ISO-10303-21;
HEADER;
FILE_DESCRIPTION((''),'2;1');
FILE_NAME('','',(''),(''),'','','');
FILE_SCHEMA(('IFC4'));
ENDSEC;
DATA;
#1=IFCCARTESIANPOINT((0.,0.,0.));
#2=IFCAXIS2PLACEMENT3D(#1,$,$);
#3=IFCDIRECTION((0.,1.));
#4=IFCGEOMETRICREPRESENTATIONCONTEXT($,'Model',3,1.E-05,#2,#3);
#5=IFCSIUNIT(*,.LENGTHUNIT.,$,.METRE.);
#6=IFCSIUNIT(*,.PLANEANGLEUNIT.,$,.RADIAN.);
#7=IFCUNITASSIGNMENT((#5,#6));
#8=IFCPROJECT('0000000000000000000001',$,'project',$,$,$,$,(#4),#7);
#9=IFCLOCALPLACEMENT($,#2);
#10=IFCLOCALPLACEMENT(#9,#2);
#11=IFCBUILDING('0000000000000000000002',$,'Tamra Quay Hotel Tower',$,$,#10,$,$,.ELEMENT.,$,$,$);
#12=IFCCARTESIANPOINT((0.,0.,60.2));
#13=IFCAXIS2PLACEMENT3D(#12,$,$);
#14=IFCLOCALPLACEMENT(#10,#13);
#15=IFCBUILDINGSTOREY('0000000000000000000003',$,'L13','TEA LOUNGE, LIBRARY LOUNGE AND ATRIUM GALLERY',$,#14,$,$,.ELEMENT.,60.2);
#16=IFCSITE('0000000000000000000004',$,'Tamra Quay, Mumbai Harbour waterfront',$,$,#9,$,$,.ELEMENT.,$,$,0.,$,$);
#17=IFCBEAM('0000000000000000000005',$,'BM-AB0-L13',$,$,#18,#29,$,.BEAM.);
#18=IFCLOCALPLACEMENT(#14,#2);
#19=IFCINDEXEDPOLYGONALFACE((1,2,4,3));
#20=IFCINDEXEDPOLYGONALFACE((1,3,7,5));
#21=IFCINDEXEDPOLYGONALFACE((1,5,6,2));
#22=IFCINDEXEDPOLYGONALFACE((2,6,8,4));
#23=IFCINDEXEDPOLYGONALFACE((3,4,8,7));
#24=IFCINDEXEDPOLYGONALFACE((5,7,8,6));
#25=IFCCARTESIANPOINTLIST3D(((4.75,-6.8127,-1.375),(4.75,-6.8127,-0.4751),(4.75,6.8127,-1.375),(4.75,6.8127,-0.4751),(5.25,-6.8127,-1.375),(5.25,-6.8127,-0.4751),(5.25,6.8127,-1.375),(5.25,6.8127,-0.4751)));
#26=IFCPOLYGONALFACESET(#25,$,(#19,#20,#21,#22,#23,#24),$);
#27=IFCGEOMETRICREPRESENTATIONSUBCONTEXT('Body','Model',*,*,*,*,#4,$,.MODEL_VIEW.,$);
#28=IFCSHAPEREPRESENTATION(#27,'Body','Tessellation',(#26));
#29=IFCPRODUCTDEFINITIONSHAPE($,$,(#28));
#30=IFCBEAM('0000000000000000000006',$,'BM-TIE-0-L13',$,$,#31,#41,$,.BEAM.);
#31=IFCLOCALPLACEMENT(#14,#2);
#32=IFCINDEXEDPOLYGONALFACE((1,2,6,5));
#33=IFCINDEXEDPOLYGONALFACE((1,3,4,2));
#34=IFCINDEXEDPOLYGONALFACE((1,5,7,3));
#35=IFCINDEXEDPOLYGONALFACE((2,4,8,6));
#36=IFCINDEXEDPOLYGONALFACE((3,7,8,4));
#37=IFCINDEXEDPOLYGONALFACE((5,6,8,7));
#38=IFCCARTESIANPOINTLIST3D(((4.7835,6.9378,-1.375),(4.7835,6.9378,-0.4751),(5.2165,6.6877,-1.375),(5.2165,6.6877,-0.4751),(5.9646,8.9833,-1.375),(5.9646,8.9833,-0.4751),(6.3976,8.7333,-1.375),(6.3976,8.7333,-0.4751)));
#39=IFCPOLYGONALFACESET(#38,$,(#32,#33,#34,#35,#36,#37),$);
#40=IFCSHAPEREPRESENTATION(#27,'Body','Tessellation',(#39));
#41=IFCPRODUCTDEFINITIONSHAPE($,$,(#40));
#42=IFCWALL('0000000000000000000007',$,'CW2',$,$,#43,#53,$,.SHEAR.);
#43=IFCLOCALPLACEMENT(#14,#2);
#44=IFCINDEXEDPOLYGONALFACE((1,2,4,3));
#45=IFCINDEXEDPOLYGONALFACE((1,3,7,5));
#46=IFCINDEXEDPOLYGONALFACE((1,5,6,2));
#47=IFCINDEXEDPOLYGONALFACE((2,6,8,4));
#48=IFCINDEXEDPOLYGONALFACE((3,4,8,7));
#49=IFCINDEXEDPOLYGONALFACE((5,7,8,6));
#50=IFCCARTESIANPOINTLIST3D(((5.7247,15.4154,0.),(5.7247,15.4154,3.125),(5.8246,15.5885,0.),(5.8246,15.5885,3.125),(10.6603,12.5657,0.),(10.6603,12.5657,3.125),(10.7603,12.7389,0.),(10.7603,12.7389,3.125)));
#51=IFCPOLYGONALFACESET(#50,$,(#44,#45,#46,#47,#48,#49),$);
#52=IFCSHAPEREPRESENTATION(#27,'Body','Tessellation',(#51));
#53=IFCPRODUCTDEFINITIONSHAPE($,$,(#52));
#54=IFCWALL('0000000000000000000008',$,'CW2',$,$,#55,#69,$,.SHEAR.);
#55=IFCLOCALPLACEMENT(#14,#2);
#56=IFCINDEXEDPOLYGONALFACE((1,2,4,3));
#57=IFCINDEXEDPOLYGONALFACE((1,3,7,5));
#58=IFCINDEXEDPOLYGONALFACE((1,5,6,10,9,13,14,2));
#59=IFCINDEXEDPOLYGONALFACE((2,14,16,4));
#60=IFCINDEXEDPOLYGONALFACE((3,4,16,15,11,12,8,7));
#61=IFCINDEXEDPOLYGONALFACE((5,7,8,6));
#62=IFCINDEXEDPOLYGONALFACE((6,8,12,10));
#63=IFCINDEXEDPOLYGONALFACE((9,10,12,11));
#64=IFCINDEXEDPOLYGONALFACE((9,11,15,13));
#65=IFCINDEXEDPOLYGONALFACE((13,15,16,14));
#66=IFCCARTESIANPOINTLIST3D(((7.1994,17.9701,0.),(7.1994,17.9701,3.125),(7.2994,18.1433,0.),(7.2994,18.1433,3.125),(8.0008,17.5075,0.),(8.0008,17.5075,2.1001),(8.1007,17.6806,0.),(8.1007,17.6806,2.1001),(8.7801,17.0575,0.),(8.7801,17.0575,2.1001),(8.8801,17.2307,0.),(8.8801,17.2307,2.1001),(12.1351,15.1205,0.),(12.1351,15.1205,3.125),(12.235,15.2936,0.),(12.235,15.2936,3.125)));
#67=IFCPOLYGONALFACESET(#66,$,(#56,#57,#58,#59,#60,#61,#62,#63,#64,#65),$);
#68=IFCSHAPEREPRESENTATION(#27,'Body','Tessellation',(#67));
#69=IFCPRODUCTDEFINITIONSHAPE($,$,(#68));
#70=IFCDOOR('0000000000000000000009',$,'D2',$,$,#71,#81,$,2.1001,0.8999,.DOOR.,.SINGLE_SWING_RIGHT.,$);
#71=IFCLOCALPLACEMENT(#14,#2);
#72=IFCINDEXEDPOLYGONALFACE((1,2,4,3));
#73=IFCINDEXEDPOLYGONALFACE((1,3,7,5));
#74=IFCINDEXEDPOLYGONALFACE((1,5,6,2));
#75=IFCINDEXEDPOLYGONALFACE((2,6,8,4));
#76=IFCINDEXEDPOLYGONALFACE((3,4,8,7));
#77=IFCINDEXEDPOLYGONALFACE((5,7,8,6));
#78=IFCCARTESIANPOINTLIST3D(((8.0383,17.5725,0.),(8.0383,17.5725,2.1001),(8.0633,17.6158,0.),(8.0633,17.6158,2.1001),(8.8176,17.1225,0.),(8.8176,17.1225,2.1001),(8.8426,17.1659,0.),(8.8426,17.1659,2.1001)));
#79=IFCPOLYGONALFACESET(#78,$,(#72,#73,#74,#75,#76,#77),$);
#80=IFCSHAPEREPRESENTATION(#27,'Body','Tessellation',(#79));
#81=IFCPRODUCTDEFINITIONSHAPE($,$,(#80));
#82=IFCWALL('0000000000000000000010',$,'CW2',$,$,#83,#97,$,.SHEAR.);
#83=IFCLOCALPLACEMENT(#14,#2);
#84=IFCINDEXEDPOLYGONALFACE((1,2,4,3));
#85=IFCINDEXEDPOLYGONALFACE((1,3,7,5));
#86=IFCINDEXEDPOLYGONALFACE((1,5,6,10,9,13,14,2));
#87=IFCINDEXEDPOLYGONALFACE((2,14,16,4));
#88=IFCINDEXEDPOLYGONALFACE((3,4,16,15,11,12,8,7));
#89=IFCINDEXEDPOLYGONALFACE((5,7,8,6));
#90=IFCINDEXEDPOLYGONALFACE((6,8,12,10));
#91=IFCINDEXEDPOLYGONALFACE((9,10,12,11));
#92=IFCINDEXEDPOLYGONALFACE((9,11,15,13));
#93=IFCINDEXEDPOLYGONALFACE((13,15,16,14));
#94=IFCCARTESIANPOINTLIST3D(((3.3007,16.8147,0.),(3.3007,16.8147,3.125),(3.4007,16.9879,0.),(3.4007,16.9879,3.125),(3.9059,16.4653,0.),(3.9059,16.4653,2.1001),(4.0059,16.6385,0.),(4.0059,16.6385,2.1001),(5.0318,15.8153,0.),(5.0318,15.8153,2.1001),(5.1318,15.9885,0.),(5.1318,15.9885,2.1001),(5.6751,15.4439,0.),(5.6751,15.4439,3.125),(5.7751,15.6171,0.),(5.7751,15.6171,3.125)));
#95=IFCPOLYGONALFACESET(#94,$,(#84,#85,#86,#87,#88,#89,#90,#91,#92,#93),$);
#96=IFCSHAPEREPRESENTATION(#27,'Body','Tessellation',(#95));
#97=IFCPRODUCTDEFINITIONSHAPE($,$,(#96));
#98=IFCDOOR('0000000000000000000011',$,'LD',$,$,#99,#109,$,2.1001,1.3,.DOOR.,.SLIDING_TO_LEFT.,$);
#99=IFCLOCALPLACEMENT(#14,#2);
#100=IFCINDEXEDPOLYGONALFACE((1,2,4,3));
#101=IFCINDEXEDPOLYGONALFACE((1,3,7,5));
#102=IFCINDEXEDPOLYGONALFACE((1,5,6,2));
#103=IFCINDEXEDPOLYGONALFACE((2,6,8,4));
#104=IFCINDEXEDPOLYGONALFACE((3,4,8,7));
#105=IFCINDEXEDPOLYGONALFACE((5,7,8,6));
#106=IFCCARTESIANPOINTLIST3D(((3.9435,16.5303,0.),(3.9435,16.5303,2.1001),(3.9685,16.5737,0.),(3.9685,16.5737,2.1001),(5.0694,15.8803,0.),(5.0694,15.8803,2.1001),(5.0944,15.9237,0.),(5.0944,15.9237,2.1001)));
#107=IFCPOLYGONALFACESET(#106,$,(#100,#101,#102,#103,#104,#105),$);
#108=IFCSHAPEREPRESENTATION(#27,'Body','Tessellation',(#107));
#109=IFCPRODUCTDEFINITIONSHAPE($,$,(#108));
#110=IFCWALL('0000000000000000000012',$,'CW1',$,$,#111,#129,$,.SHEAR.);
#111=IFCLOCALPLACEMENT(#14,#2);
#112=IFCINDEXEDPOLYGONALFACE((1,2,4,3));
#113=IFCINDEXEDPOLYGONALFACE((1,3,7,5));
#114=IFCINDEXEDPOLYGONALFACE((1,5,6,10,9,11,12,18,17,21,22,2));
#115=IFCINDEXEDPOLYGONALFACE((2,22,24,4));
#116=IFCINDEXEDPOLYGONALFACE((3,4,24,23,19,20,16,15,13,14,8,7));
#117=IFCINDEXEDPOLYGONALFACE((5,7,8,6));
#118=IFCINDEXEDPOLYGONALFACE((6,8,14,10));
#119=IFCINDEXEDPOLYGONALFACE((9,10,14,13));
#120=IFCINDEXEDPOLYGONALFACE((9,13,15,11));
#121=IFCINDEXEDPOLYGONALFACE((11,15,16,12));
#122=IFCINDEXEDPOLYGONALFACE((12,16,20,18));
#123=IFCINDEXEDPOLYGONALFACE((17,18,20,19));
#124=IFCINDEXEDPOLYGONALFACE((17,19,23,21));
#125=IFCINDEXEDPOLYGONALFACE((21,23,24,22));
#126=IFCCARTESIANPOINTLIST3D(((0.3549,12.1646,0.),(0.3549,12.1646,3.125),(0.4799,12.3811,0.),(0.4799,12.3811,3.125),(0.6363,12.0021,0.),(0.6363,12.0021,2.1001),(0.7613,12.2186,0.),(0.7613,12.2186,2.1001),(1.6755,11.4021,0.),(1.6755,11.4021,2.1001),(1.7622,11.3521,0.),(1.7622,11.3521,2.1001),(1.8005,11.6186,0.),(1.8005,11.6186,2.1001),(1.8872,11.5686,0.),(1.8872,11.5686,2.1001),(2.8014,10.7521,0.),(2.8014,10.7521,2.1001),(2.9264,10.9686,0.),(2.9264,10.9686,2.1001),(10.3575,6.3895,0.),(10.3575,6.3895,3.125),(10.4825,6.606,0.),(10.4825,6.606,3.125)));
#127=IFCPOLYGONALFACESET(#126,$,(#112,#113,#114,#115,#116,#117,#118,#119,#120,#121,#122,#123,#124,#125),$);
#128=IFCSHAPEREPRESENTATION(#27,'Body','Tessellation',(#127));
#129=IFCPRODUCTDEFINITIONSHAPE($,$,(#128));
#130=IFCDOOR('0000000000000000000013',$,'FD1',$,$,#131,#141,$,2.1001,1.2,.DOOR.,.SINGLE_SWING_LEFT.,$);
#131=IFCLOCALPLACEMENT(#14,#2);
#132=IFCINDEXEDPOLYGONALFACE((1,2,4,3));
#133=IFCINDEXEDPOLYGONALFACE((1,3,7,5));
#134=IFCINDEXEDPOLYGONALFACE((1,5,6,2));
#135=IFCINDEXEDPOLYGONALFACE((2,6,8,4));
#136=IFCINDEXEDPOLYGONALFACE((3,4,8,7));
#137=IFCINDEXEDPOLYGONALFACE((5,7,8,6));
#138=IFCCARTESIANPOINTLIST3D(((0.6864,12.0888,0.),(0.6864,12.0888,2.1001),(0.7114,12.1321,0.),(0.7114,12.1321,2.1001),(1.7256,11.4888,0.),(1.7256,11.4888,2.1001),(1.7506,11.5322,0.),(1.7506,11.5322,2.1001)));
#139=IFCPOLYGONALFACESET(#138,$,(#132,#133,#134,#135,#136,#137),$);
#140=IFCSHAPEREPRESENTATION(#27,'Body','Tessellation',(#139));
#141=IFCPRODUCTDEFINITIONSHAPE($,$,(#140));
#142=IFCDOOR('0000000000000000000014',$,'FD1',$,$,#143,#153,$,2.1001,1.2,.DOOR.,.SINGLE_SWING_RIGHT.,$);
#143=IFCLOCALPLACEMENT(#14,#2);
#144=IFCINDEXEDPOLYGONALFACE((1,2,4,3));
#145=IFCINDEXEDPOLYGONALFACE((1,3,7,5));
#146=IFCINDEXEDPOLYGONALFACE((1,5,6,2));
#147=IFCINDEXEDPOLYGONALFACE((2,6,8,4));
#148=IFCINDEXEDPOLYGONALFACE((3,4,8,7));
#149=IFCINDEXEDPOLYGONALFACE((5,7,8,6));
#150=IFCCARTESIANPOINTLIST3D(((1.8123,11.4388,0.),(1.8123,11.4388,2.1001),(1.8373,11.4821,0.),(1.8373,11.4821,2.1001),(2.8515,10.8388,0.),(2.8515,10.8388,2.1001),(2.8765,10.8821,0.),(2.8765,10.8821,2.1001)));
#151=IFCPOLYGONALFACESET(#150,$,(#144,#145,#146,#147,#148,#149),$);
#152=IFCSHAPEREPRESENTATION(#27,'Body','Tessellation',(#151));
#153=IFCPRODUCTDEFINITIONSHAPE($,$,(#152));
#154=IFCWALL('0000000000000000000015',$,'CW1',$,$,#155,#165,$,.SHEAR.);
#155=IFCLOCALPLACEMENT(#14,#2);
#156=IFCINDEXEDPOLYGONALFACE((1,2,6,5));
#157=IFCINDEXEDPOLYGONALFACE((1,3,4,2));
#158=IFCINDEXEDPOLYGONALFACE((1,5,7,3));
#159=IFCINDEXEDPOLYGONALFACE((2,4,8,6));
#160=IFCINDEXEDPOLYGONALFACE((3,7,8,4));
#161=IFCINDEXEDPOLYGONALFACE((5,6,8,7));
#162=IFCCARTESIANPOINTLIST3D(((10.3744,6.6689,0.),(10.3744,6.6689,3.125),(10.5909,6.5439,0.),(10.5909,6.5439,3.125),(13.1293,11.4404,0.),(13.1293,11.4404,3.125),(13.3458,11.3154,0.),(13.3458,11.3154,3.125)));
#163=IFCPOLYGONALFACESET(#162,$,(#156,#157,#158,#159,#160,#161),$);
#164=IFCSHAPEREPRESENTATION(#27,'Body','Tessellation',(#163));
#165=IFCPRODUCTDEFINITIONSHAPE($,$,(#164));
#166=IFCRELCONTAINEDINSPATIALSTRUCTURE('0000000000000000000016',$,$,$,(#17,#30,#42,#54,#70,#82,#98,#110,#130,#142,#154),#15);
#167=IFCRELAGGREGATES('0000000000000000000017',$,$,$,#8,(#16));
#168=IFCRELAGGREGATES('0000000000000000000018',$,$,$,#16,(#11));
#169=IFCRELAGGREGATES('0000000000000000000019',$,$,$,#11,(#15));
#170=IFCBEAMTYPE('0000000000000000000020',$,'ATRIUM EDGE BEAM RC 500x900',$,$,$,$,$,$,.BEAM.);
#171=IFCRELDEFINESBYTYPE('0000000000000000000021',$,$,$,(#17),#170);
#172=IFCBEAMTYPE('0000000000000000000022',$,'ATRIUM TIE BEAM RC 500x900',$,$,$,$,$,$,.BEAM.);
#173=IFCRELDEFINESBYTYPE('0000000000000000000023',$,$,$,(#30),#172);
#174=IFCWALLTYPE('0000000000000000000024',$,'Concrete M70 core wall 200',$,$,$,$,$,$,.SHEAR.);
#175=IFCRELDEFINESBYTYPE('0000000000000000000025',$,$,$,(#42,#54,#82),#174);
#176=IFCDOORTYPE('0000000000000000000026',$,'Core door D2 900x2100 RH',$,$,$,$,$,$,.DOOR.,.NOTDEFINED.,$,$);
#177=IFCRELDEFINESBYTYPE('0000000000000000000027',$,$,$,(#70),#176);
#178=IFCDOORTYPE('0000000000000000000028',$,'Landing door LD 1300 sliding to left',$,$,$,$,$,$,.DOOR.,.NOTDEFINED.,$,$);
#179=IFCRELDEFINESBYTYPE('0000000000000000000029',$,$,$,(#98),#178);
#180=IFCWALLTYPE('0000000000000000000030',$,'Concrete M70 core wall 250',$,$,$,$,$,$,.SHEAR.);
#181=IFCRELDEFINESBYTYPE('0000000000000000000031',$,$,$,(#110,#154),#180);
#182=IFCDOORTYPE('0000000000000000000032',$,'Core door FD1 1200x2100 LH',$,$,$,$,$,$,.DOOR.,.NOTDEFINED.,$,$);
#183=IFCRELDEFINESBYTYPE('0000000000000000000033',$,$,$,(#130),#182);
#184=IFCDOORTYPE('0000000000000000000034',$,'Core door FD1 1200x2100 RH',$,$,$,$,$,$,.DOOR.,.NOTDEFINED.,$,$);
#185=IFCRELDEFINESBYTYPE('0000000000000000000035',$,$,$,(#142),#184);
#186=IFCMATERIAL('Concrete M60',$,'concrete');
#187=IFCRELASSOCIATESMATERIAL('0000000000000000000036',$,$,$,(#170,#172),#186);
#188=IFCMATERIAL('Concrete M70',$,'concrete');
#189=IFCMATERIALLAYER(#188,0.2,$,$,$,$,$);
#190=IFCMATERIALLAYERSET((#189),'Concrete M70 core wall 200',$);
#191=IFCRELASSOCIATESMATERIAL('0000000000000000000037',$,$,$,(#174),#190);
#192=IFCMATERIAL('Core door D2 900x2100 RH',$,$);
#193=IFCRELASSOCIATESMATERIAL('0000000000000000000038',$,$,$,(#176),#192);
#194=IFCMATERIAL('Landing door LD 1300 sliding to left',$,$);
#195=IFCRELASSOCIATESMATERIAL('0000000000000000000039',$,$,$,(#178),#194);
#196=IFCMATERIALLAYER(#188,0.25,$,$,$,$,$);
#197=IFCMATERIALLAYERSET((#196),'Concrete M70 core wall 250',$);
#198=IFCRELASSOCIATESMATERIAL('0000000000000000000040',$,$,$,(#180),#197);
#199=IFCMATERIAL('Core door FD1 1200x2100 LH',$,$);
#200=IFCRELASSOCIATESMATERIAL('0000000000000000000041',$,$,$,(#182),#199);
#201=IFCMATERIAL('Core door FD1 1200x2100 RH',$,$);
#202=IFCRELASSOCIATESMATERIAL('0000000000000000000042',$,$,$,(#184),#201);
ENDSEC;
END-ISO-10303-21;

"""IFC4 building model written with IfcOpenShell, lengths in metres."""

from ifc_helpers import new_model, si_unit, direction, frame, frame_2d, origin, origin_2d, place, context, subcontext, project, spatial, rectangle, extrude, material, layer, layer_set, material_profile, profile_set, type_object, element, fill, save


model = new_model("IFC4")

# Units and contexts
model_context = context("Model", 3, precision=1e-05, world=origin(), true_north=direction((0.0, 1.0)))
body_context = subcontext(model_context, "Body", "Model", "MODEL_VIEW")
ifc_project = project(units=[si_unit("LENGTHUNIT", "METRE"), si_unit("PLANEANGLEUNIT", "RADIAN")], contexts=[model_context])

# Site, building, storey
site_placement = place(None, origin())
site = spatial("IfcSite", under=ifc_project, at=site_placement, Name="Tamra Quay, Mumbai Harbour waterfront", CompositionType="ELEMENT", RefElevation=0.0)
building_placement = place(site_placement, origin())
building = spatial("IfcBuilding", under=site, at=building_placement, Name="Tamra Quay Hotel Tower", CompositionType="ELEMENT")
storey_placement = place(building_placement, frame((0.0, 0.0, 60.2)))
storey = spatial("IfcBuildingStorey", under=building, at=storey_placement, Name="L13", Description="TEA LOUNGE, LIBRARY LOUNGE AND ATRIUM GALLERY", CompositionType="ELEMENT", Elevation=60.2)

# Beams
ifc_material_1 = material(Name="Concrete M60", Category="concrete")
ifc_material_profile_1 = material_profile(ifc_material_1, rectangle(XDim=0.5, YDim=0.8999, at=origin_2d()), Name="ATRIUM EDGE BEAM RC 500x900")
ifc_profile_set_1 = profile_set([ifc_material_profile_1], Name="Concrete M60")
beam_type_1 = type_object("IfcBeamType", Name="ATRIUM EDGE BEAM RC 500x900", PredefinedType="BEAM", material=ifc_profile_set_1)
beam_1_placement = place(storey_placement, frame((5.0, 6.8127, -0.925), z_axis=(0.0, -1.0, 0.0), x_axis=(1.0, 0.0, 0.0)))
element("IfcBeam", 1, at=beam_1_placement, inside=storey, type_object=beam_type_1, Name="BM-AB0-L13", PredefinedType="BEAM", context=body_context, shape_type="SweptSolid", body=[
    extrude(rectangle(XDim=0.5, YDim=0.8999, at=origin_2d()), origin(), (0.0, 0.0, 1.0), 13.6255),
])
ifc_material_profile_2 = material_profile(ifc_material_1, rectangle(XDim=0.5, YDim=0.8999, at=origin_2d()), Name="ATRIUM TIE BEAM RC 500x900")
ifc_profile_set_2 = profile_set([ifc_material_profile_2], Name="Concrete M60")
beam_type_2 = type_object("IfcBeamType", Name="ATRIUM TIE BEAM RC 500x900", PredefinedType="BEAM", material=ifc_profile_set_2)
beam_2_placement = place(storey_placement, frame((5.0, 6.8127, -0.925), z_axis=(0.50003, 0.866008, 0.0), x_axis=(-0.866008, 0.50003, 0.0)))
element("IfcBeam", 2, at=beam_2_placement, inside=storey, type_object=beam_type_2, Name="BM-TIE-0-L13", PredefinedType="BEAM", context=body_context, shape_type="SweptSolid", body=[
    extrude(rectangle(XDim=0.5, YDim=0.8999, at=origin_2d()), origin(), (0.0, 0.0, 1.0), 2.3621),
])

# Wall
ifc_material_2 = material(Name="Concrete M70", Category="concrete")
ifc_layer_1 = layer(ifc_material_2, 0.2)
ifc_layer_set_1 = layer_set([ifc_layer_1], Name="Concrete M70 core wall 200")
wall_type_1 = type_object("IfcWallType", Name="Concrete M70 core wall 200", PredefinedType="SHEAR", material=ifc_layer_set_1)
wall_1_placement = place(storey_placement, frame((5.7747, 15.502, 0.0), z_axis=(0.0, 0.0, 1.0), x_axis=(0.86602, -0.500009, 0.0)))
element("IfcWall", 3, at=wall_1_placement, inside=storey, type_object=wall_type_1, Name="CW2", PredefinedType="SHEAR", context=body_context, shape_type="SweptSolid", body=[
    extrude(rectangle(XDim=5.6992, YDim=0.2, at=frame_2d((2.8496, 0.0))), origin(), (0.0, 0.0, 1.0), 3.125),
])

# Walls, openings, doors
wall_2_placement = place(storey_placement, frame((12.1851, 15.207, 0.0), z_axis=(0.0, 0.0, 1.0), x_axis=(-0.86602, 0.500009, 0.0)))
wall_2 = element("IfcWall", 4, at=wall_2_placement, inside=storey, type_object=wall_type_1, Name="CW2", PredefinedType="SHEAR", context=body_context, shape_type="SweptSolid", body=[
    extrude(rectangle(XDim=5.6992, YDim=0.2, at=frame_2d((2.8496, 0.0))), origin(), (0.0, 0.0, 1.0), 3.125),
])
opening_1_placement = place(wall_2_placement, frame((3.874, 0.0, 0.0)))
opening_1 = element("IfcOpeningElement", 5, at=opening_1_placement, cuts=wall_2, PredefinedType="OPENING", context=body_context, shape_type="SweptSolid", body=[
    extrude(rectangle(XDim=0.8999, YDim=2.1001, at=frame_2d((0.45, 1.05))), frame((0.0, 0.1099, 0.0), z_axis=(0.0, -1.0, 0.0), x_axis=(1.0, 0.0, 0.0)), (0.0, 0.0, 1.0), 0.22),
])
ifc_material_3 = material(Name="Core door D2 900x2100 RH")
door_type_1 = type_object("IfcDoorType", Name="Core door D2 900x2100 RH", OperationType="NOTDEFINED", PredefinedType="DOOR", material=ifc_material_3)
door_1_placement = place(opening_1_placement, origin())
door_1 = element("IfcDoor", 6, at=door_1_placement, inside=storey, type_object=door_type_1, Name="D2", OperationType="SINGLE_SWING_RIGHT", OverallHeight=2.1001, OverallWidth=0.8999, PredefinedType="DOOR", context=body_context, shape_type="SweptSolid", body=[
    extrude(rectangle(XDim=0.8999, YDim=2.1001, at=frame_2d((0.45, 1.05))), frame((0.0, 0.0249, 0.0), z_axis=(0.0, -1.0, 0.0), x_axis=(1.0, 0.0, 0.0)), (0.0, 0.0, 1.0), 0.05),
])
fill(opening_1, door_1)
wall_3_placement = place(storey_placement, frame((5.7251, 15.5305, 0.0), z_axis=(0.0, 0.0, 1.0), x_axis=(-0.866037, 0.499979, 0.0)))
wall_3 = element("IfcWall", 7, at=wall_3_placement, inside=storey, type_object=wall_type_1, Name="CW2", PredefinedType="SHEAR", context=body_context, shape_type="SweptSolid", body=[
    extrude(rectangle(XDim=2.7417, YDim=0.2, at=frame_2d((1.3708, 0.0))), origin(), (0.0, 0.0, 1.0), 3.125),
])
opening_2_placement = place(wall_3_placement, frame((0.7429, 0.0, 0.0)))
opening_2 = element("IfcOpeningElement", 8, at=opening_2_placement, cuts=wall_3, PredefinedType="OPENING", context=body_context, shape_type="SweptSolid", body=[
    extrude(rectangle(XDim=1.3, YDim=2.1001, at=frame_2d((0.6499, 1.05))), frame((0.0, 0.1099, 0.0), z_axis=(0.0, -1.0, 0.0), x_axis=(1.0, 0.0, 0.0)), (0.0, 0.0, 1.0), 0.22),
])
ifc_material_4 = material(Name="Landing door LD 1300 sliding to left")
door_type_2 = type_object("IfcDoorType", Name="Landing door LD 1300 sliding to left", OperationType="NOTDEFINED", PredefinedType="DOOR", material=ifc_material_4)
door_2_placement = place(opening_2_placement, origin())
door_2 = element("IfcDoor", 9, at=door_2_placement, inside=storey, type_object=door_type_2, Name="LD", OperationType="SLIDING_TO_LEFT", OverallHeight=2.1001, OverallWidth=1.3, PredefinedType="DOOR", context=body_context, shape_type="SweptSolid", body=[
    extrude(rectangle(XDim=1.3, YDim=2.1001, at=frame_2d((0.6499, 1.05))), frame((0.0, 0.0249, 0.0), z_axis=(0.0, -1.0, 0.0), x_axis=(1.0, 0.0, 0.0)), (0.0, 0.0, 1.0), 0.05),
])
fill(opening_2, door_2)

# Wall, openings, doors
ifc_layer_2 = layer(ifc_material_2, 0.25)
ifc_layer_set_2 = layer_set([ifc_layer_2], Name="Concrete M70 core wall 250")
wall_type_2 = type_object("IfcWallType", Name="Concrete M70 core wall 250", PredefinedType="SHEAR", material=ifc_layer_set_2)
wall_4_placement = place(storey_placement, frame((10.4199, 6.4978, 0.0), z_axis=(0.0, 0.0, 1.0), x_axis=(-0.866022, 0.500006, 0.0)))
wall_4 = element("IfcWall", 10, at=wall_4_placement, inside=storey, type_object=wall_type_2, Name="CW1", PredefinedType="SHEAR", context=body_context, shape_type="SweptSolid", body=[
    extrude(rectangle(XDim=11.55, YDim=0.25, at=frame_2d((5.7749, 0.0))), origin(), (0.0, 0.0, 1.0), 3.125),
])
opening_3_placement = place(wall_4_placement, frame((10.0249, 0.0, 0.0)))
opening_3 = element("IfcOpeningElement", 11, at=opening_3_placement, cuts=wall_4, PredefinedType="OPENING", context=body_context, shape_type="SweptSolid", body=[
    extrude(rectangle(XDim=1.2, YDim=2.1001, at=frame_2d((0.6001, 1.05))), frame((0.0, 0.135, 0.0), z_axis=(0.0, -1.0, 0.0), x_axis=(1.0, 0.0, 0.0)), (0.0, 0.0, 1.0), 0.27),
])
opening_4_placement = place(wall_4_placement, frame((8.7249, 0.0, 0.0)))
opening_4 = element("IfcOpeningElement", 12, at=opening_4_placement, cuts=wall_4, PredefinedType="OPENING", context=body_context, shape_type="SweptSolid", body=[
    extrude(rectangle(XDim=1.2, YDim=2.1001, at=frame_2d((0.6001, 1.05))), frame((0.0, 0.135, 0.0), z_axis=(0.0, -1.0, 0.0), x_axis=(1.0, 0.0, 0.0)), (0.0, 0.0, 1.0), 0.27),
])
ifc_material_5 = material(Name="Core door FD1 1200x2100 LH")
door_type_3 = type_object("IfcDoorType", Name="Core door FD1 1200x2100 LH", OperationType="NOTDEFINED", PredefinedType="DOOR", material=ifc_material_5)
door_3_placement = place(opening_3_placement, origin())
door_3 = element("IfcDoor", 13, at=door_3_placement, inside=storey, type_object=door_type_3, Name="FD1", OperationType="SINGLE_SWING_LEFT", OverallHeight=2.1001, OverallWidth=1.2, PredefinedType="DOOR", context=body_context, shape_type="SweptSolid", body=[
    extrude(rectangle(XDim=1.2, YDim=2.1001, at=frame_2d((0.6001, 1.05))), frame((0.0, 0.0249, 0.0), z_axis=(0.0, -1.0, 0.0), x_axis=(1.0, 0.0, 0.0)), (0.0, 0.0, 1.0), 0.05),
])
fill(opening_3, door_3)
ifc_material_6 = material(Name="Core door FD1 1200x2100 RH")
door_type_4 = type_object("IfcDoorType", Name="Core door FD1 1200x2100 RH", OperationType="NOTDEFINED", PredefinedType="DOOR", material=ifc_material_6)
door_4_placement = place(opening_4_placement, origin())
door_4 = element("IfcDoor", 14, at=door_4_placement, inside=storey, type_object=door_type_4, Name="FD1", OperationType="SINGLE_SWING_RIGHT", OverallHeight=2.1001, OverallWidth=1.2, PredefinedType="DOOR", context=body_context, shape_type="SweptSolid", body=[
    extrude(rectangle(XDim=1.2, YDim=2.1001, at=frame_2d((0.6001, 1.05))), frame((0.0, 0.0249, 0.0), z_axis=(0.0, -1.0, 0.0), x_axis=(1.0, 0.0, 0.0)), (0.0, 0.0, 1.0), 0.05),
])
fill(opening_4, door_4)

# Wall
wall_5_placement = place(storey_placement, frame((13.2375, 11.3779, 0.0), z_axis=(0.0, 0.0, 1.0), x_axis=(-0.500009, -0.86602, 0.0)))
element("IfcWall", 15, at=wall_5_placement, inside=storey, type_object=wall_type_2, Name="CW1", PredefinedType="SHEAR", context=body_context, shape_type="SweptSolid", body=[
    extrude(rectangle(XDim=5.5098, YDim=0.25, at=frame_2d((2.7549, 0.0))), origin(), (0.0, 0.0, 1.0), 3.125),
])

save(model, "model.ifc")
